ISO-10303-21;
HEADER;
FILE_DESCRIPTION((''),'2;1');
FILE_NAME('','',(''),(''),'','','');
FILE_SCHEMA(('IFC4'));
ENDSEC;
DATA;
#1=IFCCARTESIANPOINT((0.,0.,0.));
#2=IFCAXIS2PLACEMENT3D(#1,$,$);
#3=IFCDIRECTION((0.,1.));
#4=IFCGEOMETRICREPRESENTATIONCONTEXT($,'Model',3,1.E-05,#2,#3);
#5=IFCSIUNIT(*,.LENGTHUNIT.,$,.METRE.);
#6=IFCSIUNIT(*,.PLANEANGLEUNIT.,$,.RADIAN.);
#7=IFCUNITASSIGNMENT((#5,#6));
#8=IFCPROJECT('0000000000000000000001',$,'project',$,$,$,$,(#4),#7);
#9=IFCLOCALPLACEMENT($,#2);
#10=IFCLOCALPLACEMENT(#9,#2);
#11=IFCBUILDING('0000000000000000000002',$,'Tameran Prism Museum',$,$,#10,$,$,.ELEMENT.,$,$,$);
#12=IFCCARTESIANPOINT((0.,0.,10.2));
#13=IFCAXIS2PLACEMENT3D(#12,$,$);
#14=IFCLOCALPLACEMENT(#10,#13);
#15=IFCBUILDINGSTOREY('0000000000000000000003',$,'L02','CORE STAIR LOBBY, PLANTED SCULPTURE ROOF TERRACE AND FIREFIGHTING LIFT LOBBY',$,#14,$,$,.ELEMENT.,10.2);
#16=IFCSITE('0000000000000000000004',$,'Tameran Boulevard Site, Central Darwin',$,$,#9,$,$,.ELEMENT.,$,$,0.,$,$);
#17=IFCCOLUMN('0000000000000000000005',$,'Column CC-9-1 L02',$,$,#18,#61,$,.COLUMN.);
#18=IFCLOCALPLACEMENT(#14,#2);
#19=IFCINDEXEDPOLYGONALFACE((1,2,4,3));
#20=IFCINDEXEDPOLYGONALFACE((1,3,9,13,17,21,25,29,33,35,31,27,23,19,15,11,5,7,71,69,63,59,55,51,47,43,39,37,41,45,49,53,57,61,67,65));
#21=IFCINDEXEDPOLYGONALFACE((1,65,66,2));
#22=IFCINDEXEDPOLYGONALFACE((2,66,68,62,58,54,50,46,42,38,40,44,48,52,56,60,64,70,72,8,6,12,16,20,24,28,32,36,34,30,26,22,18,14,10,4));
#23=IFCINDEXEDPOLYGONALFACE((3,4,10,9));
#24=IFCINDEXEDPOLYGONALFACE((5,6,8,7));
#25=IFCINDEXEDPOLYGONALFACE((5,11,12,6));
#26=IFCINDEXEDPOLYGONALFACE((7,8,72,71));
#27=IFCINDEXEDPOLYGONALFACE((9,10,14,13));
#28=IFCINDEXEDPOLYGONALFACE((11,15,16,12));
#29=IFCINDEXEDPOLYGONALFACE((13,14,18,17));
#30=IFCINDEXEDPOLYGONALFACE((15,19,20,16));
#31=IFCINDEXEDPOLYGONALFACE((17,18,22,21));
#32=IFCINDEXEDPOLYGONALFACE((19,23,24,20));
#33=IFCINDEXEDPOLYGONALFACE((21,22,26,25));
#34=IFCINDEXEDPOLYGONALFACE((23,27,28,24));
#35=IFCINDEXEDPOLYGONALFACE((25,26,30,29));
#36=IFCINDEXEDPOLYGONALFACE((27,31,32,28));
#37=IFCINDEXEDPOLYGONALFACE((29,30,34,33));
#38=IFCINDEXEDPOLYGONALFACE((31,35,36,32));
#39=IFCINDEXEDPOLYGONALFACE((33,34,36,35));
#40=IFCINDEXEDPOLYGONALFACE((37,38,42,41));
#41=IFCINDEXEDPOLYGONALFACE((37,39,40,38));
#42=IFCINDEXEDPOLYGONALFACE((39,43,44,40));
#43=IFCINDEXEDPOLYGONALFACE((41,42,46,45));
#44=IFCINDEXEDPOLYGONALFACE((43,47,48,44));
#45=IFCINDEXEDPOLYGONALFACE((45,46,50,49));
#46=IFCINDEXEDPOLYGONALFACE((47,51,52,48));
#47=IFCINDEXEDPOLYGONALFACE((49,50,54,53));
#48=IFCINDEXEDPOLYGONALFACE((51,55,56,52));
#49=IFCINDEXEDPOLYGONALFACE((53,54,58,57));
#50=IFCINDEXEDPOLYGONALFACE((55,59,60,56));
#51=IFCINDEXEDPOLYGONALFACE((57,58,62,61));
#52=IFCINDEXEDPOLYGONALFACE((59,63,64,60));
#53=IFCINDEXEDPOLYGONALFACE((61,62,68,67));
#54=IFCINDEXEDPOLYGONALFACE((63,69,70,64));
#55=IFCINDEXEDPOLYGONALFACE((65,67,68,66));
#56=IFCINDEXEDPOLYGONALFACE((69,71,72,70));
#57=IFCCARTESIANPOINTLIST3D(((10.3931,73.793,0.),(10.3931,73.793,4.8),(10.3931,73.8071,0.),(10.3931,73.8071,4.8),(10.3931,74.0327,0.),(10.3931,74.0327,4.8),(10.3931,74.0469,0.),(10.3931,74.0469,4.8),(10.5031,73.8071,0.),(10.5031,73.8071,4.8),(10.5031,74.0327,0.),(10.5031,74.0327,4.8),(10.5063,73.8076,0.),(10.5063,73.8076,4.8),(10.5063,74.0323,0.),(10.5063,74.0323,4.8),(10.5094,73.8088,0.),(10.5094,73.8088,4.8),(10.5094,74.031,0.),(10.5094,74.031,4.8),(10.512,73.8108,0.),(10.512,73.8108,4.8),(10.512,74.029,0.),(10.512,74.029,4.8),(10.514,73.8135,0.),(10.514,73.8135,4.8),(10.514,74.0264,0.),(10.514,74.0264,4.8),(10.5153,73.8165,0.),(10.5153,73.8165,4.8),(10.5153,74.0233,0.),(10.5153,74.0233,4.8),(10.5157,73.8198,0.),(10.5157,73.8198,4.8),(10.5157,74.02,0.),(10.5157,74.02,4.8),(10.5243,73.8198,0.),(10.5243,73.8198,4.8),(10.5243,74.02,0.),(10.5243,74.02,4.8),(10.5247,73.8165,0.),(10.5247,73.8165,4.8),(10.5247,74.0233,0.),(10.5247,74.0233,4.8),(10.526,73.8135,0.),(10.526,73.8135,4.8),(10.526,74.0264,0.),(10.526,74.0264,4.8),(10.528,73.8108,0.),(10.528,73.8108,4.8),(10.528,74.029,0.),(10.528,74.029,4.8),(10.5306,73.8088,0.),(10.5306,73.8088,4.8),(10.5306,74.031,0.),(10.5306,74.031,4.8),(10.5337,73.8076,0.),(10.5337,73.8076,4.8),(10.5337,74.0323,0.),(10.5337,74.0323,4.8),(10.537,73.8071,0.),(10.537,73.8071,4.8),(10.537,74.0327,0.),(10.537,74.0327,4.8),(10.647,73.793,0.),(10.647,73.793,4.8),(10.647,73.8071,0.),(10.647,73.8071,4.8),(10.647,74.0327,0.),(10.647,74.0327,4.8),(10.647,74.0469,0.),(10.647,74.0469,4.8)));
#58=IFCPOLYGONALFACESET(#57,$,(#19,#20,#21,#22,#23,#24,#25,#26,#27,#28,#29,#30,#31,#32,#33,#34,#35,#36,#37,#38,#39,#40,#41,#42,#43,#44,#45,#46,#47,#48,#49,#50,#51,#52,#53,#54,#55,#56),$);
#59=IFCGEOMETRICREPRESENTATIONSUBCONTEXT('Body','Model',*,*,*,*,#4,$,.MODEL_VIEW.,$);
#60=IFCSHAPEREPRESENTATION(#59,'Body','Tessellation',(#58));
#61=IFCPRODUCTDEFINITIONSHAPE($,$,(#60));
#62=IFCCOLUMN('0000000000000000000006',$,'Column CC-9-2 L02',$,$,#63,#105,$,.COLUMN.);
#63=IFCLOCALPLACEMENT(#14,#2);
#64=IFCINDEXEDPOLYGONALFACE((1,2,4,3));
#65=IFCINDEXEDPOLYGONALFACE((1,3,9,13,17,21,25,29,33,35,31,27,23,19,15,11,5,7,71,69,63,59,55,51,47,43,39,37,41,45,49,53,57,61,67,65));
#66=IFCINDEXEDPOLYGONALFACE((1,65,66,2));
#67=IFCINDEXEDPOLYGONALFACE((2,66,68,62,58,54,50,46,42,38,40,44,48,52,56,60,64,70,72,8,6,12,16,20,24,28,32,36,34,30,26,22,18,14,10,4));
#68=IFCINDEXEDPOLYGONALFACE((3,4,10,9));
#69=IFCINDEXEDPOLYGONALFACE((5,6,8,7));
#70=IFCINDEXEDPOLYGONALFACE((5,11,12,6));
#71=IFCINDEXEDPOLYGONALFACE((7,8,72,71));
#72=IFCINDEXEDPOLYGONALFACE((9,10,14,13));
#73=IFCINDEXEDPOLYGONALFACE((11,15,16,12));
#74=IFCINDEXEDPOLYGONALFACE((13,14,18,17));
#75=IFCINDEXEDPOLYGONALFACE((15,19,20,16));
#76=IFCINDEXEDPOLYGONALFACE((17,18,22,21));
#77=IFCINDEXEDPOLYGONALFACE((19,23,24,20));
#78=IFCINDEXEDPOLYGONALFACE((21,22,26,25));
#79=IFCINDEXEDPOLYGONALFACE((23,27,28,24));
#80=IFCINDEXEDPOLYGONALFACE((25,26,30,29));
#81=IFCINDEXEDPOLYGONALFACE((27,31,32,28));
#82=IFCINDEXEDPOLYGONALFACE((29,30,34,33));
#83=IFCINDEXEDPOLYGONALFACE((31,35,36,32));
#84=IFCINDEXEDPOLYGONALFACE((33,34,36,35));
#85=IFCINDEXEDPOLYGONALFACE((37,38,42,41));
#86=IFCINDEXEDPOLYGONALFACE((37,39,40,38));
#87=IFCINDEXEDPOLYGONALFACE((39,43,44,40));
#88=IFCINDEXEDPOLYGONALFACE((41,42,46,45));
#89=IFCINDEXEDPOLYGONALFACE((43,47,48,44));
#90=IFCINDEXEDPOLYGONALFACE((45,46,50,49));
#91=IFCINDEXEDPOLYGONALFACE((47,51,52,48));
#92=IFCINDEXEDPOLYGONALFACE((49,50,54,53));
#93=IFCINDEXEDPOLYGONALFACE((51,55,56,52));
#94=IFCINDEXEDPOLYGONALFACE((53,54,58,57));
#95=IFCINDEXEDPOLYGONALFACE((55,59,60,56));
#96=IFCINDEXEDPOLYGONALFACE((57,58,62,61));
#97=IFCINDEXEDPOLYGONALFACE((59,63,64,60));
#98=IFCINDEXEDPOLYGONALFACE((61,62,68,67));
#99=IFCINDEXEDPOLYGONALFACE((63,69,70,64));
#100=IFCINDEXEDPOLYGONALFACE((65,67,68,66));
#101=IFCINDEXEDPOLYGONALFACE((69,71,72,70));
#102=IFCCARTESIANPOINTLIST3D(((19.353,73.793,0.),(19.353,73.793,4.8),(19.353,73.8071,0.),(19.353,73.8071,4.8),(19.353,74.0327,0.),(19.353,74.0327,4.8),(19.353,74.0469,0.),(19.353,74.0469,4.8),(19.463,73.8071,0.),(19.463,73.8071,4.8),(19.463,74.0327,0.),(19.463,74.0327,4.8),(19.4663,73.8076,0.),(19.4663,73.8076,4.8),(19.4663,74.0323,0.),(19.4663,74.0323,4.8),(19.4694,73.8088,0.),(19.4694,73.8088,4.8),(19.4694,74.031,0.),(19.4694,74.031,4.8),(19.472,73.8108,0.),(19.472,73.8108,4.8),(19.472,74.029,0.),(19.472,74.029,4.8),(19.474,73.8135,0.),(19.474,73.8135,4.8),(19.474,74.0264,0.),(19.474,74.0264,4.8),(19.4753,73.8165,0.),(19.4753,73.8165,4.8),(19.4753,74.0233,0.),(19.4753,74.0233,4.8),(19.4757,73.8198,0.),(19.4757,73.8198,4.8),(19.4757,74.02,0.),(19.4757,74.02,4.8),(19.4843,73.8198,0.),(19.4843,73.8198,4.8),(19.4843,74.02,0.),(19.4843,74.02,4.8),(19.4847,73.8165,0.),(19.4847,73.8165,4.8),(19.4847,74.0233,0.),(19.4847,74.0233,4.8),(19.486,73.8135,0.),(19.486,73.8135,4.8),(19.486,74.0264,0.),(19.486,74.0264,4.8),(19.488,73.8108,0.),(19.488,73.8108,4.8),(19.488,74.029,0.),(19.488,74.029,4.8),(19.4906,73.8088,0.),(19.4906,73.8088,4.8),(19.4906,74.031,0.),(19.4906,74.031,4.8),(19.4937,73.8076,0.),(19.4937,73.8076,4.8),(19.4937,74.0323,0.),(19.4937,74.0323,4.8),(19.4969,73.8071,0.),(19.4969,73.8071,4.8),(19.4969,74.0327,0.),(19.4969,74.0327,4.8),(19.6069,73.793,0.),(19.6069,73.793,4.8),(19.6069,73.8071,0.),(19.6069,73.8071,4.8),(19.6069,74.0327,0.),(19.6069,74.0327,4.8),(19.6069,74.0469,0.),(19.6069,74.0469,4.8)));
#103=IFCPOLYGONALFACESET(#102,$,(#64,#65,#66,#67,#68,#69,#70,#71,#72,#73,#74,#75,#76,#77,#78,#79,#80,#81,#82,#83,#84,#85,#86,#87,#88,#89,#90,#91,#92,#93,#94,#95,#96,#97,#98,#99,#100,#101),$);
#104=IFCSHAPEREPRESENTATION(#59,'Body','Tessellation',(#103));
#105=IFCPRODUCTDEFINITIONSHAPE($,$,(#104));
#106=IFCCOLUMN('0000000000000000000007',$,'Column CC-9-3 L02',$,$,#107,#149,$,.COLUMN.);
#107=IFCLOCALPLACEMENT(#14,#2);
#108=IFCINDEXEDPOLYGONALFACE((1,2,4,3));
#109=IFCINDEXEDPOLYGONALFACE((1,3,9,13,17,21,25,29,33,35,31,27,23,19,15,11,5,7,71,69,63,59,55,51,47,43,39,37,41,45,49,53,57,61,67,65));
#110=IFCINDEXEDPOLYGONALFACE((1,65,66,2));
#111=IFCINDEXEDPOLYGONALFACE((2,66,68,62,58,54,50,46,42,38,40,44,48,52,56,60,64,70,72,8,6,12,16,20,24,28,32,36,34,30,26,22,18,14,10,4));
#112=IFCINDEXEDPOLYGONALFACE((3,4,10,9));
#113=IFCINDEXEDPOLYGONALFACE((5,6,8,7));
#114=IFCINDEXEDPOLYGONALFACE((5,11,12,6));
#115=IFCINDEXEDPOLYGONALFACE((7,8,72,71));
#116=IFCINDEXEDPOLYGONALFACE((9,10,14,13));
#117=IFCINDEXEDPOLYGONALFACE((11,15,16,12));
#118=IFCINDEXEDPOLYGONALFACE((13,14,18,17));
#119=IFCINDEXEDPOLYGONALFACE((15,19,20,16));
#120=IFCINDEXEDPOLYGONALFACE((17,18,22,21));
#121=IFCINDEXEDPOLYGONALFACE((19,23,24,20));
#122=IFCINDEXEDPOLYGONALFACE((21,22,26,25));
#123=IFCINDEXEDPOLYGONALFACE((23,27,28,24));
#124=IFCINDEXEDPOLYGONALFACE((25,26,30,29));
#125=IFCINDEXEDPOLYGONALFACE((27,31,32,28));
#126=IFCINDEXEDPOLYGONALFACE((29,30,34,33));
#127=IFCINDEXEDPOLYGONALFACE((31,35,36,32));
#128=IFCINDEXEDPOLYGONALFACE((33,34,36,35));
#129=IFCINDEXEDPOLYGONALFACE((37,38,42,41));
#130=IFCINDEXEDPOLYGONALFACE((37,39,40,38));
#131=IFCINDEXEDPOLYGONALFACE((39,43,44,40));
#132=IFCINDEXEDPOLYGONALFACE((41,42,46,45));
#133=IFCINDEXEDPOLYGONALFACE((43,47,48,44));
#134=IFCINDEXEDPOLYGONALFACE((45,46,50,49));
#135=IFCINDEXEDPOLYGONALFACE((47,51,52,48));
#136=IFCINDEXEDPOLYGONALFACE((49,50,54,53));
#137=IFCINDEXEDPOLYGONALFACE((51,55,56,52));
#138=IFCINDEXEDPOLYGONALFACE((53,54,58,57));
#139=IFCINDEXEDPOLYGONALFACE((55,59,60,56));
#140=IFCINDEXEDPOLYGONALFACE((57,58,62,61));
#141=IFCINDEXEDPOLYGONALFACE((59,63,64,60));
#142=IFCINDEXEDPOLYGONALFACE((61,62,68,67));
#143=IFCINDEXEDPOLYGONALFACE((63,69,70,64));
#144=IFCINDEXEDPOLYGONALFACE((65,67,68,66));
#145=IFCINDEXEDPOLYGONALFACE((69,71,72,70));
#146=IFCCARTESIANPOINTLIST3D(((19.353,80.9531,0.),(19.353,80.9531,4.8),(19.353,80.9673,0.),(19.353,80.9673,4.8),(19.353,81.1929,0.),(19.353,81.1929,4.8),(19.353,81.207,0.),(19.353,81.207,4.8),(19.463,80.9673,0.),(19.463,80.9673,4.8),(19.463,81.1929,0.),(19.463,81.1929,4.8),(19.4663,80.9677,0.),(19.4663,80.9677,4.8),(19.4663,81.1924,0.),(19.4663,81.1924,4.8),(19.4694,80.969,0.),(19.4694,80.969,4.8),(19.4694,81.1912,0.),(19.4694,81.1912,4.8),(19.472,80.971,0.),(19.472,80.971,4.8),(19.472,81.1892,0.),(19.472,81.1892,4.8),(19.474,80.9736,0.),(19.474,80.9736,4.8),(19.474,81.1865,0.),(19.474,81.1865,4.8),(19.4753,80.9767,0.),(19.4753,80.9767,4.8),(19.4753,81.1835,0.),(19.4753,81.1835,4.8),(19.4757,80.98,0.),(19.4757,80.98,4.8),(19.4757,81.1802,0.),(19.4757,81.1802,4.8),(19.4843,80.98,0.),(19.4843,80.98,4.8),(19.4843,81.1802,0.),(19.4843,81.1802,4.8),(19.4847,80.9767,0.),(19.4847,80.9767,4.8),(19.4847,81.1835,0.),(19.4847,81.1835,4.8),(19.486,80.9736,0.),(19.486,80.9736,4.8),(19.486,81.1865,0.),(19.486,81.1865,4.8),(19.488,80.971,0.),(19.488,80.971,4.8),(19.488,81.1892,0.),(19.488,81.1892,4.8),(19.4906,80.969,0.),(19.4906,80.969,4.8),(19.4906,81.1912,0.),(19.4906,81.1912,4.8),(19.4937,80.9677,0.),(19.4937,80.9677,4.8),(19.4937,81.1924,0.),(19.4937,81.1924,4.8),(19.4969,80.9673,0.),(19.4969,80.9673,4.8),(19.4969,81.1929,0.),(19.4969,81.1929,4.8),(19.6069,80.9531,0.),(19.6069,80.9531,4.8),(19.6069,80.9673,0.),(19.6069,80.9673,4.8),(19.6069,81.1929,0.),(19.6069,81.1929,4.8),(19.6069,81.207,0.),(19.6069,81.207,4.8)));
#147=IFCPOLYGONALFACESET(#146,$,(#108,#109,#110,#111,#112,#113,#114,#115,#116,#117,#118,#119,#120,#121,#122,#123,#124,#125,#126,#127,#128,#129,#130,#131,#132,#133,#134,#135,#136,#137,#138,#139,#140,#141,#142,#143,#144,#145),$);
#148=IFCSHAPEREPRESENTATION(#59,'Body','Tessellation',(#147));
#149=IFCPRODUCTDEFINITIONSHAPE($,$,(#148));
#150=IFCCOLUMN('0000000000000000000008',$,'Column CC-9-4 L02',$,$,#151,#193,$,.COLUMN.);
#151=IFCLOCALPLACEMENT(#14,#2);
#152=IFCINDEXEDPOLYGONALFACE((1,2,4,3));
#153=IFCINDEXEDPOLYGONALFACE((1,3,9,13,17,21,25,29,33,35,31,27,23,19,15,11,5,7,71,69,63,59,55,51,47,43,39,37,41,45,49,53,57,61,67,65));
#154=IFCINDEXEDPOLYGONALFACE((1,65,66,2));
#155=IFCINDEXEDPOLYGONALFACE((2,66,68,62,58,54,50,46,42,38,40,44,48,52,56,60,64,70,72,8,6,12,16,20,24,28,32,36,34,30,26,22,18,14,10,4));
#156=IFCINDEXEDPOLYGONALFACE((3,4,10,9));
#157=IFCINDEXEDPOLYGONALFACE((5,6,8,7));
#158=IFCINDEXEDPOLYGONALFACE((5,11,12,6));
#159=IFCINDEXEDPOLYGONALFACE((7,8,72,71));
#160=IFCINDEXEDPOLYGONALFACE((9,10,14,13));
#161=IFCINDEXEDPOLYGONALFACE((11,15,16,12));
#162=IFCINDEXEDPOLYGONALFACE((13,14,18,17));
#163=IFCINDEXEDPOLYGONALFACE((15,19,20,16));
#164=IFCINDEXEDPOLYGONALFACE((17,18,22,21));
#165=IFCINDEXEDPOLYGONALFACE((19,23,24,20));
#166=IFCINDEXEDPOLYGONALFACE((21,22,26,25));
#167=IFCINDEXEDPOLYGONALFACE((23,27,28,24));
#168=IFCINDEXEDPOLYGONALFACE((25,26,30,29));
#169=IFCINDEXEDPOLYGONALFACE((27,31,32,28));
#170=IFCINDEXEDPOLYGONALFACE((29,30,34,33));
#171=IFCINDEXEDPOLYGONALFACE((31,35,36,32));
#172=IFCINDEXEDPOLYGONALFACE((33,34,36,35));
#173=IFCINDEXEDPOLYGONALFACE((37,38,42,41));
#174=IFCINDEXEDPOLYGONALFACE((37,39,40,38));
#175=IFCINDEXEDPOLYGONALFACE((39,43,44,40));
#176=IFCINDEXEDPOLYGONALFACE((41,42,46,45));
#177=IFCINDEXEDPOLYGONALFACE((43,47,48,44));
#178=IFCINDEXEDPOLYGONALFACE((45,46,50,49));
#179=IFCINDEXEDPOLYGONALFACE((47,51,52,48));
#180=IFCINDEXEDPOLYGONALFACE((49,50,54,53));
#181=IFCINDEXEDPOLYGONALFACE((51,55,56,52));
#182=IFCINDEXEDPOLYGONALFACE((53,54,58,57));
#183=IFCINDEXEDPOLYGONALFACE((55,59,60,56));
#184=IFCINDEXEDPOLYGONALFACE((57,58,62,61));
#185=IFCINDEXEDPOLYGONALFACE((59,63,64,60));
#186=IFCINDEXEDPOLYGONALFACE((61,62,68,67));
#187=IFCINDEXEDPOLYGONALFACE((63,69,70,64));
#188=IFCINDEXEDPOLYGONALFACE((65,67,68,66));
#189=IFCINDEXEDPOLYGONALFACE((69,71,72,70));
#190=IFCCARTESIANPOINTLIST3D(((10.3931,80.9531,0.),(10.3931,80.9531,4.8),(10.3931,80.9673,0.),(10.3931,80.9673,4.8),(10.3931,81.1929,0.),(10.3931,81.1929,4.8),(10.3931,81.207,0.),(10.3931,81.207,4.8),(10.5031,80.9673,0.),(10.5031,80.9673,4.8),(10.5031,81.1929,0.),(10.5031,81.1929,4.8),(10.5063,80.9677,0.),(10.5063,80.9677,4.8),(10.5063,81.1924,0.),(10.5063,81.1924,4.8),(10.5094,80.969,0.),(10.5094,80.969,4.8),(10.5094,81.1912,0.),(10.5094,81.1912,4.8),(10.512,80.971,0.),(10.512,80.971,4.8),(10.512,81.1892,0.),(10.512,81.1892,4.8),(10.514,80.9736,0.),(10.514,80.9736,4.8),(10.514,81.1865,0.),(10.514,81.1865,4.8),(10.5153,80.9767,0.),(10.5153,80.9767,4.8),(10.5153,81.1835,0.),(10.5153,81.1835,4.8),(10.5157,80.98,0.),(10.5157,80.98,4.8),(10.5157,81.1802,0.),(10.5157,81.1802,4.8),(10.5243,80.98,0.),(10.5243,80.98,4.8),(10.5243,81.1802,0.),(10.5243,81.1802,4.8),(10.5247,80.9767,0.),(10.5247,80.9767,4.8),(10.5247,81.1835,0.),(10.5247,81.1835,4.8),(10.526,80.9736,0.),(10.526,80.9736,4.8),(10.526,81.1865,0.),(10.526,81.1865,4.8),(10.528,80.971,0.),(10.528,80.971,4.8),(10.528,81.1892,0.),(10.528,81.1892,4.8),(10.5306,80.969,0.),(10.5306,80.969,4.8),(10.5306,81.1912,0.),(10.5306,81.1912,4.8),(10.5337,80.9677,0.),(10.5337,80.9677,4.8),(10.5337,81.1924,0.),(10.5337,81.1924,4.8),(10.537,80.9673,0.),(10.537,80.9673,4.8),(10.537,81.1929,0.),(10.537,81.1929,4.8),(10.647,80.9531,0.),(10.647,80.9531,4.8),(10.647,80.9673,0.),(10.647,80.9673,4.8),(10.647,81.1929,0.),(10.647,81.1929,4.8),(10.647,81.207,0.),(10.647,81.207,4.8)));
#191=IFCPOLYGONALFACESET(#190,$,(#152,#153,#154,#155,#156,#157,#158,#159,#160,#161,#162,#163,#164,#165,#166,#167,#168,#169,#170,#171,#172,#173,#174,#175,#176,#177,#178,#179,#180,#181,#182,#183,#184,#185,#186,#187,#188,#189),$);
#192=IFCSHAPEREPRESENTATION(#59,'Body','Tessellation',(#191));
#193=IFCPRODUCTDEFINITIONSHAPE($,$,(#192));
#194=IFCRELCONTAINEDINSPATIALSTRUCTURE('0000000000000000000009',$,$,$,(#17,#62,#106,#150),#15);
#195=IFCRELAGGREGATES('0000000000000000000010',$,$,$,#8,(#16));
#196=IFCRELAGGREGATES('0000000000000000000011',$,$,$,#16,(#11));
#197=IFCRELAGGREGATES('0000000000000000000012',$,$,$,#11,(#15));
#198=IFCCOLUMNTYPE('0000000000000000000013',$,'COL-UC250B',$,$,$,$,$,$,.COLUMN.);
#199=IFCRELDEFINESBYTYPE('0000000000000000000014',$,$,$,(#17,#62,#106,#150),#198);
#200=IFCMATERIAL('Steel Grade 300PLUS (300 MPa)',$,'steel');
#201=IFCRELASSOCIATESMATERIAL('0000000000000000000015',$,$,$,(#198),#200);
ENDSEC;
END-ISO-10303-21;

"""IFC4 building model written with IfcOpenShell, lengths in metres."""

from ifc_helpers import new_model, si_unit, direction, frame, origin, origin_2d, place, context, subcontext, project, spatial, i_section, extrude, material, material_profile, profile_set, type_object, element, save


model = new_model("IFC4")

# Units and contexts
model_context = context("Model", 3, precision=1e-05, world=origin(), true_north=direction((0.0, 1.0)))
body_context = subcontext(model_context, "Body", "Model", "MODEL_VIEW")
ifc_project = project(units=[si_unit("LENGTHUNIT", "METRE"), si_unit("PLANEANGLEUNIT", "RADIAN")], contexts=[model_context])

# Site, building, storey
site_placement = place(None, origin())
site = spatial("IfcSite", under=ifc_project, at=site_placement, Name="Tameran Boulevard Site, Central Darwin", CompositionType="ELEMENT", RefElevation=0.0)
building_placement = place(site_placement, origin())
building = spatial("IfcBuilding", under=site, at=building_placement, Name="Tameran Prism Museum", CompositionType="ELEMENT")
storey_placement = place(building_placement, frame((0.0, 0.0, 10.2)))
storey = spatial("IfcBuildingStorey", under=building, at=storey_placement, Name="L02", Description="CORE STAIR LOBBY, PLANTED SCULPTURE ROOF TERRACE AND FIREFIGHTING LIFT LOBBY", CompositionType="ELEMENT", Elevation=10.2)

# Columns
ifc_material_1 = material(Name="Steel Grade 300PLUS (300 MPa)", Category="steel")
ifc_material_profile_1 = material_profile(ifc_material_1, i_section(OverallWidth=0.2539, OverallDepth=0.2539, WebThickness=0.0085, FlangeThickness=0.0142, FilletRadius=0.0127, at=origin_2d()))
ifc_profile_set_1 = profile_set([ifc_material_profile_1])
column_type_1 = type_object("IfcColumnType", Name="COL-UC250B", PredefinedType="COLUMN", material=ifc_profile_set_1)
for number, where, z_axis, x_axis, name in (
    (1, (10.52, 73.9199, 0.0), (0.0, 0.0, 1.0), (1.0, 0.0, 0.0), "Column CC-9-1 L02"),
    (2, (19.48, 73.9199, 0.0), (0.0, 0.0, 1.0), (1.0, 0.0, 0.0), "Column CC-9-2 L02"),
    (3, (19.48, 81.0801, 0.0), (0.0, 0.0, 1.0), (1.0, 0.0, 0.0), "Column CC-9-3 L02"),
    (4, (10.52, 81.0801, 0.0), (0.0, 0.0, 1.0), (1.0, 0.0, 0.0), "Column CC-9-4 L02"),
):
    element("IfcColumn", number, at=place(storey_placement, frame(where, z_axis=z_axis, x_axis=x_axis)), inside=storey, type_object=column_type_1, Name=name, PredefinedType="COLUMN", context=body_context, shape_type="SweptSolid", body=[
        extrude(i_section(OverallWidth=0.2539, OverallDepth=0.2539, WebThickness=0.0085, FlangeThickness=0.0142, FilletRadius=0.0127, at=origin_2d()), origin(), (0.0, 0.0, 1.0), 4.8),
    ])

save(model, "model.ifc")
